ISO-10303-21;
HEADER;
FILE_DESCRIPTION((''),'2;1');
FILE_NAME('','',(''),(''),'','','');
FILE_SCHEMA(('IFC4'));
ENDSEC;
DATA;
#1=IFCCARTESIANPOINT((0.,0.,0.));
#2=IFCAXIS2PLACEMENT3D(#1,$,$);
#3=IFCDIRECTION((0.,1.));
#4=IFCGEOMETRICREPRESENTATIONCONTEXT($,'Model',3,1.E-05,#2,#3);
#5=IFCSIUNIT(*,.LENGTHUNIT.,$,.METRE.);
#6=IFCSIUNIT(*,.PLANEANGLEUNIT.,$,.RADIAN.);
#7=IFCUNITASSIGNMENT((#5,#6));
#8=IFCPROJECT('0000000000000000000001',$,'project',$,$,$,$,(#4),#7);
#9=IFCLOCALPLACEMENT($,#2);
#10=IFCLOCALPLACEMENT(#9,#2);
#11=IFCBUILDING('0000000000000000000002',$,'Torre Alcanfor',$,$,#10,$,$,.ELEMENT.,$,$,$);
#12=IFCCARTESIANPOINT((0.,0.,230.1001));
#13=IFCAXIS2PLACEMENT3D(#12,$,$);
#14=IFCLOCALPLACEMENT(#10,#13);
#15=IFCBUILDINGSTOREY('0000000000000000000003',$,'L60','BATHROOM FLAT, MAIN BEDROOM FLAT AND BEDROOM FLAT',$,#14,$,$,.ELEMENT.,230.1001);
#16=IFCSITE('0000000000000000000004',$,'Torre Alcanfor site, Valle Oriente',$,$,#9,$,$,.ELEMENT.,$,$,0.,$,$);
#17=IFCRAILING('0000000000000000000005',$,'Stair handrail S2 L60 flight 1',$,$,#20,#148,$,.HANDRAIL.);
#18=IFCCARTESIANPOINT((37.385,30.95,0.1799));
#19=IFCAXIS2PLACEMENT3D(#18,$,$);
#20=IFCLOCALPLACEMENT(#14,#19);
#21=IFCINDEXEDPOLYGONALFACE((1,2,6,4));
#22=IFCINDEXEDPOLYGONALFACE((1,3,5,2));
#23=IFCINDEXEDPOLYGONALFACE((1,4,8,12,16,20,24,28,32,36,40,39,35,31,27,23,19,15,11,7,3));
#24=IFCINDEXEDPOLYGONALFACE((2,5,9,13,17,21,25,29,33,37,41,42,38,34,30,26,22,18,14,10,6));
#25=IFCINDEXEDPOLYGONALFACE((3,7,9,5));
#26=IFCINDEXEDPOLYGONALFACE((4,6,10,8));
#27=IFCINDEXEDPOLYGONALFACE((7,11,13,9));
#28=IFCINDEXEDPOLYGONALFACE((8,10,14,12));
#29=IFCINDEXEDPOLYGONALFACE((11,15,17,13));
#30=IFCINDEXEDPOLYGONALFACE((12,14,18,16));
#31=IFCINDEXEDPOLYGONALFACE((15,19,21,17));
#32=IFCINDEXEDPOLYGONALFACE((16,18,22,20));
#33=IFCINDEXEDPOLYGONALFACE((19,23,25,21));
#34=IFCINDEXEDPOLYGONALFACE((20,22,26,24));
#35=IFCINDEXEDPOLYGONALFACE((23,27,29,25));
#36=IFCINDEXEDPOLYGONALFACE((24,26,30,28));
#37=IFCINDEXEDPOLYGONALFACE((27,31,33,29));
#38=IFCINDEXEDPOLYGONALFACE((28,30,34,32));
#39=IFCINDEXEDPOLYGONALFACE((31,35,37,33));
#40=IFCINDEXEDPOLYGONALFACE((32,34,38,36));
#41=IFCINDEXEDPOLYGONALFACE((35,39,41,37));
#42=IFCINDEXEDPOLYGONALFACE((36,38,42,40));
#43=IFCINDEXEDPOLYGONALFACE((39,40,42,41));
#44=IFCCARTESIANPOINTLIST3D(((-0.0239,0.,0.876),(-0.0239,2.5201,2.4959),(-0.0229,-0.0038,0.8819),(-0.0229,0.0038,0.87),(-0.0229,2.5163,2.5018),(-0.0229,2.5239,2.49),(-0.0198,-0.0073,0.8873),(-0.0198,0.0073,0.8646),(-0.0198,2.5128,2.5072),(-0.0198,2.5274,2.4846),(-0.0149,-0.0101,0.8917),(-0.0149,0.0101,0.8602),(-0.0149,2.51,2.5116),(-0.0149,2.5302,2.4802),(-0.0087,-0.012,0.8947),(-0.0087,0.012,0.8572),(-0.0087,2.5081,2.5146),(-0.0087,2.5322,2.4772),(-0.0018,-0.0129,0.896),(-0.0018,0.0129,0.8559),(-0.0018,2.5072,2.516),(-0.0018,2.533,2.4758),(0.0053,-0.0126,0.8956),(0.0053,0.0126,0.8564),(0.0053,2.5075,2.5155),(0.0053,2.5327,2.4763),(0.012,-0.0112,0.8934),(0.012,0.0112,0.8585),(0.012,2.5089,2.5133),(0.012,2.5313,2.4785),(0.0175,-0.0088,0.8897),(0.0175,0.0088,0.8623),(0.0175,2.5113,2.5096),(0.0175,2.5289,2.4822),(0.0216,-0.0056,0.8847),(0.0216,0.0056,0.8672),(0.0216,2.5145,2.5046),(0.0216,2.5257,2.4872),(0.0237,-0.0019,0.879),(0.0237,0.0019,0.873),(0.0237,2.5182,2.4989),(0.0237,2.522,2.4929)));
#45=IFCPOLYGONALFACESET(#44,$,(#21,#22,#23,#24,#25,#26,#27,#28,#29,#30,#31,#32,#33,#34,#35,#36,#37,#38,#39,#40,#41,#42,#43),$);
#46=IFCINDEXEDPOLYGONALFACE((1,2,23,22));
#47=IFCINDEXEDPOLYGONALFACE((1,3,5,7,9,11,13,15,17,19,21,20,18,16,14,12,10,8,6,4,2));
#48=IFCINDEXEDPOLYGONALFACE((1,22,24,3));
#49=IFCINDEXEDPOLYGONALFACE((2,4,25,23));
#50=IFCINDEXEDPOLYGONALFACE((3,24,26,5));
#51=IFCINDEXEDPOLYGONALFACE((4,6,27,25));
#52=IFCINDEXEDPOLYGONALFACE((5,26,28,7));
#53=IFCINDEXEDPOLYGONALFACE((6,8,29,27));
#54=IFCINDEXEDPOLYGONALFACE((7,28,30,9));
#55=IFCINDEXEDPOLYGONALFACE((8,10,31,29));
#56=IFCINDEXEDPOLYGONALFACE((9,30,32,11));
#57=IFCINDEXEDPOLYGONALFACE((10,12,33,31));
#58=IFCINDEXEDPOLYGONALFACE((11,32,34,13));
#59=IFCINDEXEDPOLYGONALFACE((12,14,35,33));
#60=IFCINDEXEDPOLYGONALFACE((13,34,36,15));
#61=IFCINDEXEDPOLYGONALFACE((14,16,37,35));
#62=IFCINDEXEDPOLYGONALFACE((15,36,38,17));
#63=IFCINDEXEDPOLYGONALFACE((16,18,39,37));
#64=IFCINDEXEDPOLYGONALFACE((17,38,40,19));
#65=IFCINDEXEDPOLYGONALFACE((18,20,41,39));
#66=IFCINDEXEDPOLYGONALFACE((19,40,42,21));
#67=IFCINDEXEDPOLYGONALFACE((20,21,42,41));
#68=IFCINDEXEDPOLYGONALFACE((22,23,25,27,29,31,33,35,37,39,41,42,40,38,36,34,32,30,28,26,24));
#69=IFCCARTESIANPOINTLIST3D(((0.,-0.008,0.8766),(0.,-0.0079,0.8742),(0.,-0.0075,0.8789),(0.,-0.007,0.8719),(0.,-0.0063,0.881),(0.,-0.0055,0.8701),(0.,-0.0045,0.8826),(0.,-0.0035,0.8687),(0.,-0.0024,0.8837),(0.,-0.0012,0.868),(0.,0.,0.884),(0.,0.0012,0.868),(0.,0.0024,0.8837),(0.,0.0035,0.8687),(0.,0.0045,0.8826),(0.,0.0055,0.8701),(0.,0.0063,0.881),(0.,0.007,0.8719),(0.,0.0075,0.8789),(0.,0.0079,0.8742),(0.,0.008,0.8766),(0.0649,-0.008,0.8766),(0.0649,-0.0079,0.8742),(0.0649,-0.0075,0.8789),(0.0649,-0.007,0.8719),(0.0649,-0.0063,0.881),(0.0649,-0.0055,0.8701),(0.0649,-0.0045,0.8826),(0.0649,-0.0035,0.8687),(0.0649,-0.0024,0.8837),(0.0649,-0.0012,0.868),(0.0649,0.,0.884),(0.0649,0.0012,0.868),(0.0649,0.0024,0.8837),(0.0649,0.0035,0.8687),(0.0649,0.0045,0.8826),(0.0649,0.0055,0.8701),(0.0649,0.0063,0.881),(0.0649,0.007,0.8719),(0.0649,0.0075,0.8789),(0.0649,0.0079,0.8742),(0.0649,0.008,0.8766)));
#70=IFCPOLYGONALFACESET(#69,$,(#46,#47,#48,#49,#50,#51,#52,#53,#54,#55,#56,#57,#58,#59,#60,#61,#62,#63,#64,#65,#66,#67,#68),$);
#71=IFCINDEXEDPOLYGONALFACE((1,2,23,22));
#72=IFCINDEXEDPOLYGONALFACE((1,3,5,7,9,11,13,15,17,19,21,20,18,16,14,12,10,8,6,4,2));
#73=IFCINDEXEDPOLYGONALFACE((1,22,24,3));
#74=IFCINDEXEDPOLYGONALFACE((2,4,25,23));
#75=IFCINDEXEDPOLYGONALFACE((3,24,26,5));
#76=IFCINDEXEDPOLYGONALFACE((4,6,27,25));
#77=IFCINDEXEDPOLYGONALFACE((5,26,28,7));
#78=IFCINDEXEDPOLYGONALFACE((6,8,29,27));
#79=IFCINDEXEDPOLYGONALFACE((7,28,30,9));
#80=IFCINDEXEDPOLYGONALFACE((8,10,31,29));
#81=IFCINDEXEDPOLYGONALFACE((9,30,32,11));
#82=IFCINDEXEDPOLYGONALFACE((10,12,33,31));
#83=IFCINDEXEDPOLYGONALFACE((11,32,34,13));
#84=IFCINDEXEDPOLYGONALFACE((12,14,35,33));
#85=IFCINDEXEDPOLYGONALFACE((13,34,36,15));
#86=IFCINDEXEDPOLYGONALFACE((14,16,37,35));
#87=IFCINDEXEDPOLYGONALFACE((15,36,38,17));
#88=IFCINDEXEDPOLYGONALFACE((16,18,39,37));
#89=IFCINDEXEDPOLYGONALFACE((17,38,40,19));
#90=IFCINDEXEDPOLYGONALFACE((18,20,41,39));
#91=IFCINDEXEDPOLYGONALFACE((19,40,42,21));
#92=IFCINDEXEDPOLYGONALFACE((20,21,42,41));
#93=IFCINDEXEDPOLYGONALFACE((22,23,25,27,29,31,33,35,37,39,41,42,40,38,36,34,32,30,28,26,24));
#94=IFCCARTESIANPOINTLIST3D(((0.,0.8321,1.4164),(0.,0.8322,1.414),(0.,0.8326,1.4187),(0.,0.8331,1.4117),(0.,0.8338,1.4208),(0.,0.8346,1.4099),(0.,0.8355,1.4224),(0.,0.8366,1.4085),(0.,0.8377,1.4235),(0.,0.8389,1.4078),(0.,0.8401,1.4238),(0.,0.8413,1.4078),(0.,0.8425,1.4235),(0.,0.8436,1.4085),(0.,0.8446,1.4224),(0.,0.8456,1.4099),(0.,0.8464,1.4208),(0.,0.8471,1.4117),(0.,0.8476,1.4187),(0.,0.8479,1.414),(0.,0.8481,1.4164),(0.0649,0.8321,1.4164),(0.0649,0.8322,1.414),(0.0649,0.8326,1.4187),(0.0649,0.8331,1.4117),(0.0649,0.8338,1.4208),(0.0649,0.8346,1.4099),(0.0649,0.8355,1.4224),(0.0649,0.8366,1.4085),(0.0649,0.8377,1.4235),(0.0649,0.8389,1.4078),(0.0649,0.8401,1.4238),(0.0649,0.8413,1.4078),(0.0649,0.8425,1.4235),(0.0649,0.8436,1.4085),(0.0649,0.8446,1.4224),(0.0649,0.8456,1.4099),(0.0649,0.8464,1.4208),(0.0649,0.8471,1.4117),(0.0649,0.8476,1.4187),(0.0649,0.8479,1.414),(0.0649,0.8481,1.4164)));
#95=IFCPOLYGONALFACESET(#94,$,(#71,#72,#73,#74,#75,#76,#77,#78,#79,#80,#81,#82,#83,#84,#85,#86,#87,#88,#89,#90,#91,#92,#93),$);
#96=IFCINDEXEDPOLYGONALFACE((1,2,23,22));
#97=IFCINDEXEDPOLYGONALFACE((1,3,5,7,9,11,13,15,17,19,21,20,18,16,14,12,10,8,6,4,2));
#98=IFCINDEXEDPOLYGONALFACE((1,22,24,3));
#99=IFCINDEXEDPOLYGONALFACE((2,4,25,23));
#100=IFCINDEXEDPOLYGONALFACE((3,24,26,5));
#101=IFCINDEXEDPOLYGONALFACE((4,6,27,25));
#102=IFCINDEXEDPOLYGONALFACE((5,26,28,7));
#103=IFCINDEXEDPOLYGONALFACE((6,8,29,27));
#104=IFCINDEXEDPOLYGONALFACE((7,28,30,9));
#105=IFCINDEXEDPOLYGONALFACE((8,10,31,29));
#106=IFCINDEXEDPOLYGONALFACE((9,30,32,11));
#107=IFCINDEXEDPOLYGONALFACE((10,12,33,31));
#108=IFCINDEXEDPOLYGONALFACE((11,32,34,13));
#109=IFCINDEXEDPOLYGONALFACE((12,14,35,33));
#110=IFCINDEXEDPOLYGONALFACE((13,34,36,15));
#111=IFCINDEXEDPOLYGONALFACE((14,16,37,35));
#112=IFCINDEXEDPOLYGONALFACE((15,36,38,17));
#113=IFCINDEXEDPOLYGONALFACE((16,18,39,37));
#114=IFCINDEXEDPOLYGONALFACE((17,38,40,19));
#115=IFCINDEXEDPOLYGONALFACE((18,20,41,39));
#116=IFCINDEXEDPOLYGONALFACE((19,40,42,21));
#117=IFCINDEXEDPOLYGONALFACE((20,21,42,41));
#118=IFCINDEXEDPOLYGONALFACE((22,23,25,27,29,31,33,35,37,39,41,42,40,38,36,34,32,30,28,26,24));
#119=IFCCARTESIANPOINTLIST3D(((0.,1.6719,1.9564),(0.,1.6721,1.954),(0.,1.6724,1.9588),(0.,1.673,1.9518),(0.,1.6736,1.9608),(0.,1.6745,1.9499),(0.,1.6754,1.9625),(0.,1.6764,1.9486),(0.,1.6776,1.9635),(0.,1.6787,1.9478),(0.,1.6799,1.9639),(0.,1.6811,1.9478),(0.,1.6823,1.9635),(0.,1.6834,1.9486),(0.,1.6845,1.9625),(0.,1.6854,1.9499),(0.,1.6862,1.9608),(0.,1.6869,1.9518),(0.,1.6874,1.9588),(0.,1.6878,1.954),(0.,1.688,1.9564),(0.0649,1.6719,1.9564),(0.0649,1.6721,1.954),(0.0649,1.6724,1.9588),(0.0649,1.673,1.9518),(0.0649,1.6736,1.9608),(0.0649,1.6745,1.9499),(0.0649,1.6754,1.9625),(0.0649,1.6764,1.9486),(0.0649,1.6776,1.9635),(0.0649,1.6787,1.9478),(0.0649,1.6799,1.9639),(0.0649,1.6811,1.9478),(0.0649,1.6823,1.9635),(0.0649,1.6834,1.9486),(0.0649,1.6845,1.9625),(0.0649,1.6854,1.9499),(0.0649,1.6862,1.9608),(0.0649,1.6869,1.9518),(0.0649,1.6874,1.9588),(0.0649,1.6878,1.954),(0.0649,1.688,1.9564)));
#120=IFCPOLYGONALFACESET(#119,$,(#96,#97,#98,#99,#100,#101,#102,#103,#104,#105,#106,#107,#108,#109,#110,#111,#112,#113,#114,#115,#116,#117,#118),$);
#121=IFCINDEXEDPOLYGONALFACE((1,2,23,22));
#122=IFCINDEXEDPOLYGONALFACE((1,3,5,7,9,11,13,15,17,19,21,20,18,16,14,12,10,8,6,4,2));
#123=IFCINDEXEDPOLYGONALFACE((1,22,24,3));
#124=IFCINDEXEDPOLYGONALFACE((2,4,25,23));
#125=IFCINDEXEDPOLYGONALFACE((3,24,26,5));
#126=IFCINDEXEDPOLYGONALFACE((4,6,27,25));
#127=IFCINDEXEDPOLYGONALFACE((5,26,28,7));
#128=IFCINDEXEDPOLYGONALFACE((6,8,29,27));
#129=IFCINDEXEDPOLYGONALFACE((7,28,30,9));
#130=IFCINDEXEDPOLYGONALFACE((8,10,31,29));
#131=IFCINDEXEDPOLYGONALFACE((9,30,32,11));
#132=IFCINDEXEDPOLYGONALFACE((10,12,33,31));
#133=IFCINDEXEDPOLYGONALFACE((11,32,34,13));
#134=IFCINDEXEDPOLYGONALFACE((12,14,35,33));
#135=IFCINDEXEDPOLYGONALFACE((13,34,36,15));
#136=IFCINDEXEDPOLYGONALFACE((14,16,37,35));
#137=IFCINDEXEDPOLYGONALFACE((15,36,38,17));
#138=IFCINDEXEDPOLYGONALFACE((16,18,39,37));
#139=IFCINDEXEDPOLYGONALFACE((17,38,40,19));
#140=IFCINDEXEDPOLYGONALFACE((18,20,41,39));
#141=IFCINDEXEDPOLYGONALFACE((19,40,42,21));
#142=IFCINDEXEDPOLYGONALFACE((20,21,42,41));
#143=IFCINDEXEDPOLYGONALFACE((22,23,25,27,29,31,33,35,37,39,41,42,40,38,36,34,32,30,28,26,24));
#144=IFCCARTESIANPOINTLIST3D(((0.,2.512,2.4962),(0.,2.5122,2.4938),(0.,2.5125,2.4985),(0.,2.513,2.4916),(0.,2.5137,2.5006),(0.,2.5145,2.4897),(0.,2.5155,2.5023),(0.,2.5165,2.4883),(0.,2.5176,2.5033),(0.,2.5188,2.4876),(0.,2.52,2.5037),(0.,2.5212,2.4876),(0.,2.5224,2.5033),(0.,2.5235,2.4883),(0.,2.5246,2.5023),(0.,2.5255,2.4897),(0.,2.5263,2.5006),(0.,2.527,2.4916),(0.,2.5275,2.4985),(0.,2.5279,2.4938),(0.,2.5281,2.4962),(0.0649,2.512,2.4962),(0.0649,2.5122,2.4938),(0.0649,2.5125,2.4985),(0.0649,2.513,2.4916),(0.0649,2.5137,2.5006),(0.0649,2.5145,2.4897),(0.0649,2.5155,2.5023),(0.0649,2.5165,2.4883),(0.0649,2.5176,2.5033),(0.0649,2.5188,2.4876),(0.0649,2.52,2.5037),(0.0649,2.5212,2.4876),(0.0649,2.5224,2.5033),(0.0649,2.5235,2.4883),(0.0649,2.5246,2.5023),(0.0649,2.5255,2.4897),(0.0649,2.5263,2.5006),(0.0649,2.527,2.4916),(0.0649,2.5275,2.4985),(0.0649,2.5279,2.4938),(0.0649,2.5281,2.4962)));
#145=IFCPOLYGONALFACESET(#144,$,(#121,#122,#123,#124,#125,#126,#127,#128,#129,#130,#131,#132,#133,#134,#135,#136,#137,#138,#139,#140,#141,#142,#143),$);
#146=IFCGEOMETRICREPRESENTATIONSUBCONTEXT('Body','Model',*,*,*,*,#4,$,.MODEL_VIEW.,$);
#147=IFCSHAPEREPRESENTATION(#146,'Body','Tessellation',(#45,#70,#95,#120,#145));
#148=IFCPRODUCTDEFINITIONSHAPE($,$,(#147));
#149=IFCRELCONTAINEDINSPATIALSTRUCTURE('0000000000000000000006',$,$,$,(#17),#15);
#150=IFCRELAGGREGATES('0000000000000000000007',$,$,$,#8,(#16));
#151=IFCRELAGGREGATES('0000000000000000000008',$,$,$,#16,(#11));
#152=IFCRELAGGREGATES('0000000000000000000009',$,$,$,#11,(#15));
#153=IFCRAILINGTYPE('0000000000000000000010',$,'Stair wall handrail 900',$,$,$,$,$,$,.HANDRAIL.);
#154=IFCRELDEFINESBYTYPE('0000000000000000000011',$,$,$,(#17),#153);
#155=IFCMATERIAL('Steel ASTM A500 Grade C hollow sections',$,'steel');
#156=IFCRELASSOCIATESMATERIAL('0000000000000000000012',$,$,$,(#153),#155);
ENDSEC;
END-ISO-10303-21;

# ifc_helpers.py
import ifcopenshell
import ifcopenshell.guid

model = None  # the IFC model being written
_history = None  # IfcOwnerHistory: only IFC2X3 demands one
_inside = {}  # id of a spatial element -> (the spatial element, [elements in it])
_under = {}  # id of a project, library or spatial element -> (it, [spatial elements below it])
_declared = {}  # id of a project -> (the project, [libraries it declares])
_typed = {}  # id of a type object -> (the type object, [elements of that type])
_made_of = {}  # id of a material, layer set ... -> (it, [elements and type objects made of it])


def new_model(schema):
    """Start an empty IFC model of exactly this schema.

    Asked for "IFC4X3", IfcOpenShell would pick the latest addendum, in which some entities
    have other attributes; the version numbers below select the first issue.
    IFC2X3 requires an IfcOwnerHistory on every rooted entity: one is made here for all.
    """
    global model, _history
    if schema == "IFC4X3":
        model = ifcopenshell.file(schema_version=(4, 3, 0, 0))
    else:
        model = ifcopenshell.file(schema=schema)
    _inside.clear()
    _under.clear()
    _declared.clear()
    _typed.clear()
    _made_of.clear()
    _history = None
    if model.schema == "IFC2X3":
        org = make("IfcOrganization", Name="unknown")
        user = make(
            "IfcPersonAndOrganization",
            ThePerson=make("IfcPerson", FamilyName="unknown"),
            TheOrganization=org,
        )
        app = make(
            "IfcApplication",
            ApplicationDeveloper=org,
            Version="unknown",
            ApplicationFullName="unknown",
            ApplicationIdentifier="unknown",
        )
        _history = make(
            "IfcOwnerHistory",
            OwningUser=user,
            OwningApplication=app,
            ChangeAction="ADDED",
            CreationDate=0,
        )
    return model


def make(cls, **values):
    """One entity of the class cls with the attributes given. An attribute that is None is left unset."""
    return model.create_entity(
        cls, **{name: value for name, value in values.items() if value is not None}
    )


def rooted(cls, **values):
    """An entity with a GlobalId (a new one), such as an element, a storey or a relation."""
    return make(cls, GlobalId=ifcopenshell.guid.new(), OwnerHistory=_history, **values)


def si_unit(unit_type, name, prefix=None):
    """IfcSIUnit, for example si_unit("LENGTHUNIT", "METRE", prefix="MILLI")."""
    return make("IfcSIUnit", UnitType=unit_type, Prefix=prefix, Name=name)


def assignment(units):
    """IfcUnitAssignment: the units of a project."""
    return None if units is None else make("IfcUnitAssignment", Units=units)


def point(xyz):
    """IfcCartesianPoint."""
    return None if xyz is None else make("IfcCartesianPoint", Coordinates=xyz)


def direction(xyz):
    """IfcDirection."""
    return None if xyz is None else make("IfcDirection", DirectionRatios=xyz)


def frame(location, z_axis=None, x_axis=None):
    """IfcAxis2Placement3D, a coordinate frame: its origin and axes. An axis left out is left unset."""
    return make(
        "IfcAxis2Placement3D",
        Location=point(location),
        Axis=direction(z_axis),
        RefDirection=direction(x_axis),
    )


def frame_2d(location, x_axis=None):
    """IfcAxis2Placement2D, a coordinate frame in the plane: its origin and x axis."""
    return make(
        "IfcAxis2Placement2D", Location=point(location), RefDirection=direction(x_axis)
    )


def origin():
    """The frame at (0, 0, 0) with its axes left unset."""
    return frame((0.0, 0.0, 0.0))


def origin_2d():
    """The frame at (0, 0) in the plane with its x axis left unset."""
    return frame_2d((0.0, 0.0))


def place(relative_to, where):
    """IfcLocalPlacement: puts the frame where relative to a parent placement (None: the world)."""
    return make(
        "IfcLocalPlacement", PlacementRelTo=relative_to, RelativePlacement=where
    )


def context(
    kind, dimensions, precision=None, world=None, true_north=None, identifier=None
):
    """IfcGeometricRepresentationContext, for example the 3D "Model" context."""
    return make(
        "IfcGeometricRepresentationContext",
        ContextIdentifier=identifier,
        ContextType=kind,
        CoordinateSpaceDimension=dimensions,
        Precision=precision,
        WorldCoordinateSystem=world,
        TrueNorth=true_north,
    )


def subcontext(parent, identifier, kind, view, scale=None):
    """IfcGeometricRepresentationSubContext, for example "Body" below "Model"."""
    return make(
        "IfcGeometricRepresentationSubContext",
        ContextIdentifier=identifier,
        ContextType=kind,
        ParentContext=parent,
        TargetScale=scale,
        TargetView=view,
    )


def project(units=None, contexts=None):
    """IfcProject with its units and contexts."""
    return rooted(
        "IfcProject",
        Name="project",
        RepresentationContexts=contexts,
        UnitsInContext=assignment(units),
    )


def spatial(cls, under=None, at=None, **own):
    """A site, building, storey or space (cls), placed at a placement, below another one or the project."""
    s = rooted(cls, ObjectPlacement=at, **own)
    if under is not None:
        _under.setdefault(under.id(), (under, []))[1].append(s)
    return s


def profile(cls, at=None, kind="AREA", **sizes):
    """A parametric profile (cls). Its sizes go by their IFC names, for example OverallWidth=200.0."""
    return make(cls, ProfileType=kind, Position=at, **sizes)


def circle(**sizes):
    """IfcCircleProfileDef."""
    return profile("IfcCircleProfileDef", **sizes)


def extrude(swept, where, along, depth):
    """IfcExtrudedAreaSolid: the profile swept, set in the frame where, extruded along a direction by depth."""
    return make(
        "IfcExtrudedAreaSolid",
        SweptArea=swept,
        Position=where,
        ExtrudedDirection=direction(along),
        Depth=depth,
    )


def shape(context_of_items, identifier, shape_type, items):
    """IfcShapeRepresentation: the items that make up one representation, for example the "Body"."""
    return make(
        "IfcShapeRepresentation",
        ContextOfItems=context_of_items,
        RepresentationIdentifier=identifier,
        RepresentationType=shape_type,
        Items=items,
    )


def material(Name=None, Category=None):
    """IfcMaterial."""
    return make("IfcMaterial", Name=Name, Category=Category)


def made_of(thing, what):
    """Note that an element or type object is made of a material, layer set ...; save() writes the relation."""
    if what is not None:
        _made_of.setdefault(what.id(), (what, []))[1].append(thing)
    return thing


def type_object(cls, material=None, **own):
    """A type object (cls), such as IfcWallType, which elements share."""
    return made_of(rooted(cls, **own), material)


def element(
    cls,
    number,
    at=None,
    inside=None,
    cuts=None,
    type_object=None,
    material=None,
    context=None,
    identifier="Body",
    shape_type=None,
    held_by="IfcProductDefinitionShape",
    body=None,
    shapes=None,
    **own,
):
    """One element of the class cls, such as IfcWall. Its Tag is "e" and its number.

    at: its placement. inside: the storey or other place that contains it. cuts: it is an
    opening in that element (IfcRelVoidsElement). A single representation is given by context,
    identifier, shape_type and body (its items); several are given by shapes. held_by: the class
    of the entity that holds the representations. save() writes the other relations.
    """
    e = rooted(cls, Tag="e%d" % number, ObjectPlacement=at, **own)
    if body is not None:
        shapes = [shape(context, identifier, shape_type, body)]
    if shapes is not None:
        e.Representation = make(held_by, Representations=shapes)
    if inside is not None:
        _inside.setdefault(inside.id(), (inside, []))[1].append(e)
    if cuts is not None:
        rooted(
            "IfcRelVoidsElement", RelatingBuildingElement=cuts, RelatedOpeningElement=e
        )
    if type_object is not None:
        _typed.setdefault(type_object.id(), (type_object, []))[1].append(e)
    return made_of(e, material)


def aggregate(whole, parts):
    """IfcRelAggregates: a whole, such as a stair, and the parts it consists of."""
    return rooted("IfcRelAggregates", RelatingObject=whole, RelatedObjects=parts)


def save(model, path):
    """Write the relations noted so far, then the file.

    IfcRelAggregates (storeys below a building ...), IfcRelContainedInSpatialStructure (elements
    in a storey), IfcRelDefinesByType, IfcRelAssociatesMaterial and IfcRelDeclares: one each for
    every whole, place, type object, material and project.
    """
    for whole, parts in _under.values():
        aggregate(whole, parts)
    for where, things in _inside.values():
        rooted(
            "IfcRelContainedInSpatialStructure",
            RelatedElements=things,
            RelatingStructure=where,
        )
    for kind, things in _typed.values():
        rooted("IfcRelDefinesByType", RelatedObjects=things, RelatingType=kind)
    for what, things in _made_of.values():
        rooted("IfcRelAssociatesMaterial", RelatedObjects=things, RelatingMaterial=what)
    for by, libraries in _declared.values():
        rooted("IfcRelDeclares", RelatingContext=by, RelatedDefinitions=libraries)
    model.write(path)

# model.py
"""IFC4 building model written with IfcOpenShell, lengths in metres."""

from ifc_helpers import new_model, si_unit, direction, frame, origin, origin_2d, place, context, subcontext, project, spatial, circle, extrude, material, type_object, element, save


model = new_model("IFC4")

# Units and contexts
model_context = context("Model", 3, precision=1e-05, world=origin(), true_north=direction((0.0, 1.0)))
body_context = subcontext(model_context, "Body", "Model", "MODEL_VIEW")
ifc_project = project(units=[si_unit("LENGTHUNIT", "METRE"), si_unit("PLANEANGLEUNIT", "RADIAN")], contexts=[model_context])

# Site, building, storey
site_placement = place(None, origin())
site = spatial("IfcSite", under=ifc_project, at=site_placement, Name="Torre Alcanfor site, Valle Oriente", CompositionType="ELEMENT", RefElevation=0.0)
building_placement = place(site_placement, origin())
building = spatial("IfcBuilding", under=site, at=building_placement, Name="Torre Alcanfor", CompositionType="ELEMENT")
storey_placement = place(building_placement, frame((0.0, 0.0, 230.1001)))
storey = spatial("IfcBuildingStorey", under=building, at=storey_placement, Name="L60", Description="BATHROOM FLAT, MAIN BEDROOM FLAT AND BEDROOM FLAT", CompositionType="ELEMENT", Elevation=230.1001)

# Railing
ifc_material_1 = material(Name="Steel ASTM A500 Grade C hollow sections", Category="steel")
railing_type_1 = type_object("IfcRailingType", Name="Stair wall handrail 900", PredefinedType="HANDRAIL", material=ifc_material_1)
railing_1_placement = place(storey_placement, frame((37.385, 30.95, 0.1799)))
element("IfcRailing", 1, at=railing_1_placement, inside=storey, type_object=railing_type_1, Name="Stair handrail S2 L60 flight 1", PredefinedType="HANDRAIL", context=body_context, shape_type="SweptSolid", body=[
    extrude(circle(Radius=0.0239, at=origin_2d()), frame((0.0, 0.0, 0.876), z_axis=(0.0, 0.8412, 0.540725), x_axis=(-1.0, 0.0, 0.0)), (0.0, 0.0, 1.0), 2.9958),
    extrude(circle(Radius=0.0081, at=origin_2d()), frame((0.0, 0.0, 0.876), z_axis=(1.0, 0.0, 0.0), x_axis=(0.0, 0.0, 1.0)), (0.0, 0.0, 1.0), 0.0649),
    extrude(circle(Radius=0.0081, at=origin_2d()), frame((0.0, 0.8401, 1.4158), z_axis=(1.0, 0.0, 0.0), x_axis=(0.0, 0.0, 1.0)), (0.0, 0.0, 1.0), 0.0649),
    extrude(circle(Radius=0.0081, at=origin_2d()), frame((0.0, 1.6799, 1.9558), z_axis=(1.0, 0.0, 0.0), x_axis=(0.0, 0.0, 1.0)), (0.0, 0.0, 1.0), 0.0649),
    extrude(circle(Radius=0.0081, at=origin_2d()), frame((0.0, 2.52, 2.4956), z_axis=(1.0, 0.0, 0.0), x_axis=(0.0, 0.0, 1.0)), (0.0, 0.0, 1.0), 0.0649),
])

save(model, "model.ifc")
